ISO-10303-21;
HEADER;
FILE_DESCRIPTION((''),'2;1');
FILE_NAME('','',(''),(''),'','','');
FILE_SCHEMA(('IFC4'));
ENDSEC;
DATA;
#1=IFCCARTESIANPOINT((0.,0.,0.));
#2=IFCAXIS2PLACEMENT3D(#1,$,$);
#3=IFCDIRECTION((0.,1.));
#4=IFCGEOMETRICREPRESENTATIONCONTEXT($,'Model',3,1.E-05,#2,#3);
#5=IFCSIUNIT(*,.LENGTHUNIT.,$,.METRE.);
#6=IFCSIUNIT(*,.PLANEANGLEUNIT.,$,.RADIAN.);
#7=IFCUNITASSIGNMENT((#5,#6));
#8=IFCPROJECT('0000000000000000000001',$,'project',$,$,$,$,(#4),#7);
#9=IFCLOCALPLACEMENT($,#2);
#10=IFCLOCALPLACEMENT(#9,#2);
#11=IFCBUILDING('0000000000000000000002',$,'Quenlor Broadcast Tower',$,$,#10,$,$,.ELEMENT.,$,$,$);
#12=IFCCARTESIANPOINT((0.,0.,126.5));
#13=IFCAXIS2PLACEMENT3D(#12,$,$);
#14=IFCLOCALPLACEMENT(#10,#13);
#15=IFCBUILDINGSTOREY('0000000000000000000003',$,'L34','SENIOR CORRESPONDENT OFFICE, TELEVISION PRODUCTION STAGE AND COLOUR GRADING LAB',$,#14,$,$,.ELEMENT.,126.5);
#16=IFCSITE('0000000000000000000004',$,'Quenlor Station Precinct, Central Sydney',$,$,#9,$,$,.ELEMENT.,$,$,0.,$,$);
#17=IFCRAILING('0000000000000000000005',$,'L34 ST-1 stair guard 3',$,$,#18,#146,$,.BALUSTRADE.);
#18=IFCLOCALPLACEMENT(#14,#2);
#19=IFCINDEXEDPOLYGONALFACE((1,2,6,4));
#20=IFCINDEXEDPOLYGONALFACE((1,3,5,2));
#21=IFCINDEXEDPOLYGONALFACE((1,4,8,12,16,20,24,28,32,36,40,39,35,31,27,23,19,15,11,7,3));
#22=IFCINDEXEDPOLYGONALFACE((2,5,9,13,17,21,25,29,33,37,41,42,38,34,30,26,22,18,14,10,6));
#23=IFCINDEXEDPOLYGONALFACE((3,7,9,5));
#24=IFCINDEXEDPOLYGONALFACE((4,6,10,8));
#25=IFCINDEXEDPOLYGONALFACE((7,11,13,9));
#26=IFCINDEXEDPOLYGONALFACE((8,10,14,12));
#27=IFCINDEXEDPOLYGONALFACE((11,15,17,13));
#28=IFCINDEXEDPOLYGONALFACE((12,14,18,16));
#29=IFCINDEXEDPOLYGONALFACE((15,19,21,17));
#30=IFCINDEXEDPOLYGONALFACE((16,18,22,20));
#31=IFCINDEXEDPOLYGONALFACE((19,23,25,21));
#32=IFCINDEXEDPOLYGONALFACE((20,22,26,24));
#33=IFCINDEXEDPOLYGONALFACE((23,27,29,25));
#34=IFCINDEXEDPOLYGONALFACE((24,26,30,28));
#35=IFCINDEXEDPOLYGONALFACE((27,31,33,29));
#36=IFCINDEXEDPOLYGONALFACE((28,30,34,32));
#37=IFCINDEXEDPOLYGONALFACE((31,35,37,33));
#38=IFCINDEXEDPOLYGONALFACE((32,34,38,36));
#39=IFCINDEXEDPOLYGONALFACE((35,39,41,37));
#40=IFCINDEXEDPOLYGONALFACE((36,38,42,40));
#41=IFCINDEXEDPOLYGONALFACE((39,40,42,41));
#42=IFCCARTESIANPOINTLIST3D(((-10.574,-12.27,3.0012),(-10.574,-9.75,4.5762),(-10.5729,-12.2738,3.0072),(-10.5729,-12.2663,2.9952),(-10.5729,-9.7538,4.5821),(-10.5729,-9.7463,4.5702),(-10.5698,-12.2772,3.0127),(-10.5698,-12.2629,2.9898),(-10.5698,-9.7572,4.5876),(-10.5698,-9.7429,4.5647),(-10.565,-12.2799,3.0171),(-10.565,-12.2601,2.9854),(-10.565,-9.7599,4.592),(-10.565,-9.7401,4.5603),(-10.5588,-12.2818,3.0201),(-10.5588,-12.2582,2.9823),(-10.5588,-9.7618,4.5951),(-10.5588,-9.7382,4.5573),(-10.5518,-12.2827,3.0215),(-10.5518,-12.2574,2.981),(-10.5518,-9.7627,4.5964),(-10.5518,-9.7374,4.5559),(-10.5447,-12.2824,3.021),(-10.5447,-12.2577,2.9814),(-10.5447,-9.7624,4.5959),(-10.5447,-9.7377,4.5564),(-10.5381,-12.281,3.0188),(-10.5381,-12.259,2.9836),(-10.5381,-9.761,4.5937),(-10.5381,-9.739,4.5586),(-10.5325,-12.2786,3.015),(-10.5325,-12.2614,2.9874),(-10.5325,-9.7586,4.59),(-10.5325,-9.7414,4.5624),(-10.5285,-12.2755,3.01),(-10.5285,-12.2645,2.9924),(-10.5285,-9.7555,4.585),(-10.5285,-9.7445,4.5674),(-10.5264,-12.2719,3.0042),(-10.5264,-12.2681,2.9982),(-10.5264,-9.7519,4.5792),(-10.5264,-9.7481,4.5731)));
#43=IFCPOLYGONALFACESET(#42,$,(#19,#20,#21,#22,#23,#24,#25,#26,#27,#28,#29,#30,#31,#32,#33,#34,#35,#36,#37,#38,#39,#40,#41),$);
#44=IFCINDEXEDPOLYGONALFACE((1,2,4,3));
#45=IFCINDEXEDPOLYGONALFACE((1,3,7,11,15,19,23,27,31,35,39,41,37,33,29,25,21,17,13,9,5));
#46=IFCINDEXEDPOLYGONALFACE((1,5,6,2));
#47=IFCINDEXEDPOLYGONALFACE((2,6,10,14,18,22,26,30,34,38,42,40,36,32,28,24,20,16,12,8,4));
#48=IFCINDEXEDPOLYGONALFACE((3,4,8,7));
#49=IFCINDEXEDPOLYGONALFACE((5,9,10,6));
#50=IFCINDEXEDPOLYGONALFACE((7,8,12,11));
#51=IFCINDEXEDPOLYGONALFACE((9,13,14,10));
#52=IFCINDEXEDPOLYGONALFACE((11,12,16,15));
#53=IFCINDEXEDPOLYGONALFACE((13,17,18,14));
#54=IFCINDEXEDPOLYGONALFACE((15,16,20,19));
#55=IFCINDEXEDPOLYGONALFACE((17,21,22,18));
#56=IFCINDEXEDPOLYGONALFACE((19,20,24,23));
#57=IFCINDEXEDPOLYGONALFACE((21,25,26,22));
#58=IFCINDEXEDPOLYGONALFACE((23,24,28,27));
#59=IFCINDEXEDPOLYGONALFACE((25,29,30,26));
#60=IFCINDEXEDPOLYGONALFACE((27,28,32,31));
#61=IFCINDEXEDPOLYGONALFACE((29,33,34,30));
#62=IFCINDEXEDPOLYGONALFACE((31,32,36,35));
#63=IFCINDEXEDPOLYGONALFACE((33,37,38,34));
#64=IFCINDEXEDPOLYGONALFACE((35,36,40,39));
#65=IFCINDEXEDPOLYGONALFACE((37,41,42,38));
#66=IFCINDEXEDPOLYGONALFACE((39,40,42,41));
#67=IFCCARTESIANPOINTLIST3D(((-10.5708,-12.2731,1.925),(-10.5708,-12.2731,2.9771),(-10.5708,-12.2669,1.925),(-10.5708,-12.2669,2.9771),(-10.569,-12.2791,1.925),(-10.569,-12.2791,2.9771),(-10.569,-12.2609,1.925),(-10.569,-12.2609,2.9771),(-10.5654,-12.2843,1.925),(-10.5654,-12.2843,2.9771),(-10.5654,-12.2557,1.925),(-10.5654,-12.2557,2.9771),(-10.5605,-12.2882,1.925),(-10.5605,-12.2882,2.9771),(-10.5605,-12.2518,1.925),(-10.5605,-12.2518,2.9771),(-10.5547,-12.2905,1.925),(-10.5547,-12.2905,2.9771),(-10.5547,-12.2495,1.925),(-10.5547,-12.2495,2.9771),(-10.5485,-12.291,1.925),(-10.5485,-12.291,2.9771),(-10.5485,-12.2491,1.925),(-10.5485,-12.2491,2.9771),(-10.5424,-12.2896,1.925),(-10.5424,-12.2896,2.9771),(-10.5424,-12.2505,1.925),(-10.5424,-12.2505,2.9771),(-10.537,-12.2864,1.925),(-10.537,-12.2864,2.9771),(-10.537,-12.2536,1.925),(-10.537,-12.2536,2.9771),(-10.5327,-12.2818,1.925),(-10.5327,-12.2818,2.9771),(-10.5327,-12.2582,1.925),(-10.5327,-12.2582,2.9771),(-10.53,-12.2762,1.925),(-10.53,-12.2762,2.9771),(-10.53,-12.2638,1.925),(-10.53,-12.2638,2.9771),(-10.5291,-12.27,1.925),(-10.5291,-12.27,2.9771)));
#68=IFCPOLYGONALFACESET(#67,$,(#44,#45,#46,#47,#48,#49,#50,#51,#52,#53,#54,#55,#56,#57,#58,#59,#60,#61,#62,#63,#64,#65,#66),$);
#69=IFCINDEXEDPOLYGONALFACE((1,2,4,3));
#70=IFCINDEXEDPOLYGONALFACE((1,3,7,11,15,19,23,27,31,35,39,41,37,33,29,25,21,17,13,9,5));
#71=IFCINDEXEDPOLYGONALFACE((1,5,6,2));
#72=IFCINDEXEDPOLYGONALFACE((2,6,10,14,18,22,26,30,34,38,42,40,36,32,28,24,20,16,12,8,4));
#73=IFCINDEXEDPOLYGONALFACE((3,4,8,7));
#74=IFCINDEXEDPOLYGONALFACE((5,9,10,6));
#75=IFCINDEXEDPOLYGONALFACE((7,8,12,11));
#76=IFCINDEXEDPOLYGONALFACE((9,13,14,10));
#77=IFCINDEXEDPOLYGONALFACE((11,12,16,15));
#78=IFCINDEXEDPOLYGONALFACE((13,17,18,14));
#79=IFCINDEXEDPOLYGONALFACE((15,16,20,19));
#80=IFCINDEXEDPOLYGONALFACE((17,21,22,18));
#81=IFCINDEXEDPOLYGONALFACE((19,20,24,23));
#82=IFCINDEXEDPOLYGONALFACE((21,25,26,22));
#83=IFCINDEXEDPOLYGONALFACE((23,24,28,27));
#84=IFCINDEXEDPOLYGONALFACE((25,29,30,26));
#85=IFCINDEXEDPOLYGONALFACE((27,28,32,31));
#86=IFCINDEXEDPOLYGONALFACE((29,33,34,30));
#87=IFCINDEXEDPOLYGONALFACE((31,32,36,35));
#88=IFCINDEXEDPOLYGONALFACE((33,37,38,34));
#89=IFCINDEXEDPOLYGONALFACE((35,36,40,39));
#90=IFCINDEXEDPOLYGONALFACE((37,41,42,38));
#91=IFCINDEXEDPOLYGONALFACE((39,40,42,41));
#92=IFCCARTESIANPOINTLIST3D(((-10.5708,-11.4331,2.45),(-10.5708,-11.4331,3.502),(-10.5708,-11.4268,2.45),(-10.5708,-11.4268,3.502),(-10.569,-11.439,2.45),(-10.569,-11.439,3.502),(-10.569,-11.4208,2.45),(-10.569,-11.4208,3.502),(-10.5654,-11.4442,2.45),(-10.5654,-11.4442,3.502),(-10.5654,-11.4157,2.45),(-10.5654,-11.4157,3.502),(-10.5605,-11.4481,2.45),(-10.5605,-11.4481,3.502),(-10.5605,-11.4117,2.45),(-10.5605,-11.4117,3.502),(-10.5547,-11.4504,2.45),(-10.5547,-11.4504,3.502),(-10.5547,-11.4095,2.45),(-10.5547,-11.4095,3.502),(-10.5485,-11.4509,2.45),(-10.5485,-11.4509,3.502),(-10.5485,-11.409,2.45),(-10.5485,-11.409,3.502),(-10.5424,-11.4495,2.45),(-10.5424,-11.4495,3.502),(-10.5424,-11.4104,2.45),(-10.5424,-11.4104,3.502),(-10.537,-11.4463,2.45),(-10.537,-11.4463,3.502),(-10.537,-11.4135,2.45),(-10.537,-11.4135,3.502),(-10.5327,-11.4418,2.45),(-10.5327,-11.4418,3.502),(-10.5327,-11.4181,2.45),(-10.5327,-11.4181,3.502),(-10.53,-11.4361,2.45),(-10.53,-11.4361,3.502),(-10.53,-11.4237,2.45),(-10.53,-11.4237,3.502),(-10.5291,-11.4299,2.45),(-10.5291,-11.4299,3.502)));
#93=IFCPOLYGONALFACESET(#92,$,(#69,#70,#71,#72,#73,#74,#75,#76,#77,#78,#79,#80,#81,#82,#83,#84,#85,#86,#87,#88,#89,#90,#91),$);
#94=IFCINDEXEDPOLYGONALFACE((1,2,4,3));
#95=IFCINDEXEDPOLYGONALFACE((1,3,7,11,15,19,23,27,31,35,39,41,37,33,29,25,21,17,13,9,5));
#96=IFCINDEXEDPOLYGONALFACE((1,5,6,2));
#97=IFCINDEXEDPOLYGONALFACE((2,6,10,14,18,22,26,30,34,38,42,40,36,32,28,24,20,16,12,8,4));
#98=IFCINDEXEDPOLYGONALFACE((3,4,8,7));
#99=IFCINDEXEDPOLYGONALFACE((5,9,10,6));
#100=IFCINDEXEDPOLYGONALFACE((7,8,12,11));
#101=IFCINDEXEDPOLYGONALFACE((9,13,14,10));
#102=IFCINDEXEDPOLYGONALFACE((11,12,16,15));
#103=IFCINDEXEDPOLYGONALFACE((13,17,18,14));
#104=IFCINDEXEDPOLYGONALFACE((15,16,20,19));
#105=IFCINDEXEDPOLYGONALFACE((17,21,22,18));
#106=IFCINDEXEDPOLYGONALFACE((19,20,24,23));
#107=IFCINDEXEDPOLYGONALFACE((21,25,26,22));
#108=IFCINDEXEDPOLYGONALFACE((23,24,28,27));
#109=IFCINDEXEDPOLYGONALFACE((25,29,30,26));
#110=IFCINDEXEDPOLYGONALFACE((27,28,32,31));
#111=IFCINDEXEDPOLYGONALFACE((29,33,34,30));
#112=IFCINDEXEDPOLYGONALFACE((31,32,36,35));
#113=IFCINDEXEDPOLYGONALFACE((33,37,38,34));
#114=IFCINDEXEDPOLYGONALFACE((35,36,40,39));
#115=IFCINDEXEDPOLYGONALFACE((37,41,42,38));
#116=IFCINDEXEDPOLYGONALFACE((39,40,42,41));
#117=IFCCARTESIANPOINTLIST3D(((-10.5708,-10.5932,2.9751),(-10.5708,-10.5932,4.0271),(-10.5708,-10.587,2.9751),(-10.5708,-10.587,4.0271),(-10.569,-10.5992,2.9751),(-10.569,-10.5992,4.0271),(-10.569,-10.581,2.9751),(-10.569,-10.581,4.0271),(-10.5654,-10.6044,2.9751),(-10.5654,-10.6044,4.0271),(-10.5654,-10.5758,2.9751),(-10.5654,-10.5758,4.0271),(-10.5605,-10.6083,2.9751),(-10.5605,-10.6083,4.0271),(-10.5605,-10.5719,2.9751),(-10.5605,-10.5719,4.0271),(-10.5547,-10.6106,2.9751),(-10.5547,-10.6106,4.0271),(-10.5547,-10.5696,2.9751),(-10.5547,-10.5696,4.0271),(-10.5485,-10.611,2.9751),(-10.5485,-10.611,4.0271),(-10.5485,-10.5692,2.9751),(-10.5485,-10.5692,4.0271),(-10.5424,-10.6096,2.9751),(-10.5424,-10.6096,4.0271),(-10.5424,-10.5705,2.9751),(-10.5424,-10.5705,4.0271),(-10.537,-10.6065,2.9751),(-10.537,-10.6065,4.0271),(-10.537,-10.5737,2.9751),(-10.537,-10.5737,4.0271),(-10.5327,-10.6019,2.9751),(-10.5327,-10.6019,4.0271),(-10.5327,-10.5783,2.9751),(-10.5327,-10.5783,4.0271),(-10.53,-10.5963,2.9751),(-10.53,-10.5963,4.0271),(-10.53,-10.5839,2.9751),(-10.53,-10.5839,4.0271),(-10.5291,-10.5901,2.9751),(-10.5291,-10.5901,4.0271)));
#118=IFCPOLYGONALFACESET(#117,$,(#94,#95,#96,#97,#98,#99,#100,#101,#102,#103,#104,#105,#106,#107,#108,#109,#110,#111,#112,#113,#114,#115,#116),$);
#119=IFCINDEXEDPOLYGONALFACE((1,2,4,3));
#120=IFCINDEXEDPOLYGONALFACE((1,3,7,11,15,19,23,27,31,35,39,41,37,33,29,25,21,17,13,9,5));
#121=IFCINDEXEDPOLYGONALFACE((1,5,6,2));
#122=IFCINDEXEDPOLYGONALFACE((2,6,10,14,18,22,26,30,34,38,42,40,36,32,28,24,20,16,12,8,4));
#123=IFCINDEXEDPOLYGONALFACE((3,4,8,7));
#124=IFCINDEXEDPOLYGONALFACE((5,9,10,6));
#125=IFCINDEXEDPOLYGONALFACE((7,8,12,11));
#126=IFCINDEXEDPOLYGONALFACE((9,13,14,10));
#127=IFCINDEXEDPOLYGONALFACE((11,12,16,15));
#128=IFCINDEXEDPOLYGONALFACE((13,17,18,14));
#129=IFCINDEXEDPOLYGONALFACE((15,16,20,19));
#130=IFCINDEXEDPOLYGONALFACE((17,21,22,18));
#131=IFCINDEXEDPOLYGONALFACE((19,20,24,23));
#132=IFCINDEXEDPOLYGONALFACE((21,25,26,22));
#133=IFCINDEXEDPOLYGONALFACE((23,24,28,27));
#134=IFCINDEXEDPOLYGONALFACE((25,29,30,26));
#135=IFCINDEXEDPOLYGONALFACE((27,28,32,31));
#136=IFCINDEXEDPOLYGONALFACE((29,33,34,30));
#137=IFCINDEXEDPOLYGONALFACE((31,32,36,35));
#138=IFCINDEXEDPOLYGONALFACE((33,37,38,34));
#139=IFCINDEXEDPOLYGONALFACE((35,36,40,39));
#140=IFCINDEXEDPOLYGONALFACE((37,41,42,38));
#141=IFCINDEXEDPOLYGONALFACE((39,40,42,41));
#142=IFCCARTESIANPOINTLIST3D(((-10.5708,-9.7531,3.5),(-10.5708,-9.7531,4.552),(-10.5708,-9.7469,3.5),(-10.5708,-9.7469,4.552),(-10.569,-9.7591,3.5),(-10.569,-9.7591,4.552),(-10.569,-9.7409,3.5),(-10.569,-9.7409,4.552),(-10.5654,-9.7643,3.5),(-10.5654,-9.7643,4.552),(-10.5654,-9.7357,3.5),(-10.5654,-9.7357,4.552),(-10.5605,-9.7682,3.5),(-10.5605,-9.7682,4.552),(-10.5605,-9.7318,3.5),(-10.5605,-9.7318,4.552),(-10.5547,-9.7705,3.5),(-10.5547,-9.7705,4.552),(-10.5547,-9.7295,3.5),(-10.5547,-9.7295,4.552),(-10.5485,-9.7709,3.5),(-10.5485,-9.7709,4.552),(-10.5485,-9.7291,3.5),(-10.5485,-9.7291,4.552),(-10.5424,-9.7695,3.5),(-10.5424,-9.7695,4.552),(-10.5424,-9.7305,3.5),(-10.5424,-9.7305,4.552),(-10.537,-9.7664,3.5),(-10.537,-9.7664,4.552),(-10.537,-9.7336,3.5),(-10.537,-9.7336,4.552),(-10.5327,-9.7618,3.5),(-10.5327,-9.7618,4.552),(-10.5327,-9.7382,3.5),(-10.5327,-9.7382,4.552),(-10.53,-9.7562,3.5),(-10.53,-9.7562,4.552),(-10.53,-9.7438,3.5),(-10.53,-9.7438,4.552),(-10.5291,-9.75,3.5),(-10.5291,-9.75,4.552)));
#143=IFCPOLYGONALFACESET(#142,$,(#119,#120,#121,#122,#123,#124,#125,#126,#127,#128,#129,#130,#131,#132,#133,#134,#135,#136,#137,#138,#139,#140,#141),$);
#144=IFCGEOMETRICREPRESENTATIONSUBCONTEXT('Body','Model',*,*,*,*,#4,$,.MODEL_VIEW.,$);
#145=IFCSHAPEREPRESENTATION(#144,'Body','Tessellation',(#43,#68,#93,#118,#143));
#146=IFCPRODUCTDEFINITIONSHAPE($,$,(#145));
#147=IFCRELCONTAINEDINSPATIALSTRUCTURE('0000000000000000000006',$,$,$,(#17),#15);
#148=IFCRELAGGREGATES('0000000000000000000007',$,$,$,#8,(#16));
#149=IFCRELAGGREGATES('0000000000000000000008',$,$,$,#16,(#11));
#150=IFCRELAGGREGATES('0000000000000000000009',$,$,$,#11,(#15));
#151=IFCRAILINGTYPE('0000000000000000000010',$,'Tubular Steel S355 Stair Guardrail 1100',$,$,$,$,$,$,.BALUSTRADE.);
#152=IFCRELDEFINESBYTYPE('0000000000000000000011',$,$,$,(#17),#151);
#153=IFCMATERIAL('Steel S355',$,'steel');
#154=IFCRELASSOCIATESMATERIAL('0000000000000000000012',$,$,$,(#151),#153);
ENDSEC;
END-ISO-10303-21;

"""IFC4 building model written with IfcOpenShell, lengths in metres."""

from ifc_helpers import new_model, si_unit, direction, frame, origin, origin_2d, place, context, subcontext, project, spatial, circle, extrude, material, type_object, element, save


model = new_model("IFC4")

# Units and contexts
model_context = context("Model", 3, precision=1e-05, world=origin(), true_north=direction((0.0, 1.0)))
body_context = subcontext(model_context, "Body", "Model", "MODEL_VIEW")
ifc_project = project(units=[si_unit("LENGTHUNIT", "METRE"), si_unit("PLANEANGLEUNIT", "RADIAN")], contexts=[model_context])

# Site, building, storey
site_placement = place(None, origin())
site = spatial("IfcSite", under=ifc_project, at=site_placement, Name="Quenlor Station Precinct, Central Sydney", CompositionType="ELEMENT", RefElevation=0.0)
building_placement = place(site_placement, origin())
building = spatial("IfcBuilding", under=site, at=building_placement, Name="Quenlor Broadcast Tower", CompositionType="ELEMENT")
storey_placement = place(building_placement, frame((0.0, 0.0, 126.5)))
storey = spatial("IfcBuildingStorey", under=building, at=storey_placement, Name="L34", Description="SENIOR CORRESPONDENT OFFICE, TELEVISION PRODUCTION STAGE AND COLOUR GRADING LAB", CompositionType="ELEMENT", Elevation=126.5)

# Railing
ifc_material_1 = material(Name="Steel S355", Category="steel")
railing_type_1 = type_object("IfcRailingType", Name="Tubular Steel S355 Stair Guardrail 1100", PredefinedType="BALUSTRADE", material=ifc_material_1)
railing_1_placement = place(storey_placement, frame((-10.55, -12.27, 1.925)))
element("IfcRailing", 1, at=railing_1_placement, inside=storey, type_object=railing_type_1, Name="L34 ST-1 stair guard 3", PredefinedType="BALUSTRADE", context=body_context, shape_type="SweptSolid", body=[
    extrude(circle(Radius=0.0239, at=origin_2d()), frame((0.0, 0.0, 1.0762), z_axis=(0.0, 0.848008, 0.529984), x_axis=(-1.0, 0.0, 0.0)), (0.0, 0.0, 1.0), 2.9717),
    extrude(circle(Radius=0.021, at=origin_2d()), origin(), (0.0, 0.0, 1.0), 1.052),
    extrude(circle(Radius=0.021, at=origin_2d()), frame((0.0, 0.8401, 0.5249)), (0.0, 0.0, 1.0), 1.052),
    extrude(circle(Radius=0.021, at=origin_2d()), frame((0.0, 1.6799, 1.05)), (0.0, 0.0, 1.0), 1.052),
    extrude(circle(Radius=0.021, at=origin_2d()), frame((0.0, 2.52, 1.575)), (0.0, 0.0, 1.0), 1.052),
])

save(model, "model.ifc")
